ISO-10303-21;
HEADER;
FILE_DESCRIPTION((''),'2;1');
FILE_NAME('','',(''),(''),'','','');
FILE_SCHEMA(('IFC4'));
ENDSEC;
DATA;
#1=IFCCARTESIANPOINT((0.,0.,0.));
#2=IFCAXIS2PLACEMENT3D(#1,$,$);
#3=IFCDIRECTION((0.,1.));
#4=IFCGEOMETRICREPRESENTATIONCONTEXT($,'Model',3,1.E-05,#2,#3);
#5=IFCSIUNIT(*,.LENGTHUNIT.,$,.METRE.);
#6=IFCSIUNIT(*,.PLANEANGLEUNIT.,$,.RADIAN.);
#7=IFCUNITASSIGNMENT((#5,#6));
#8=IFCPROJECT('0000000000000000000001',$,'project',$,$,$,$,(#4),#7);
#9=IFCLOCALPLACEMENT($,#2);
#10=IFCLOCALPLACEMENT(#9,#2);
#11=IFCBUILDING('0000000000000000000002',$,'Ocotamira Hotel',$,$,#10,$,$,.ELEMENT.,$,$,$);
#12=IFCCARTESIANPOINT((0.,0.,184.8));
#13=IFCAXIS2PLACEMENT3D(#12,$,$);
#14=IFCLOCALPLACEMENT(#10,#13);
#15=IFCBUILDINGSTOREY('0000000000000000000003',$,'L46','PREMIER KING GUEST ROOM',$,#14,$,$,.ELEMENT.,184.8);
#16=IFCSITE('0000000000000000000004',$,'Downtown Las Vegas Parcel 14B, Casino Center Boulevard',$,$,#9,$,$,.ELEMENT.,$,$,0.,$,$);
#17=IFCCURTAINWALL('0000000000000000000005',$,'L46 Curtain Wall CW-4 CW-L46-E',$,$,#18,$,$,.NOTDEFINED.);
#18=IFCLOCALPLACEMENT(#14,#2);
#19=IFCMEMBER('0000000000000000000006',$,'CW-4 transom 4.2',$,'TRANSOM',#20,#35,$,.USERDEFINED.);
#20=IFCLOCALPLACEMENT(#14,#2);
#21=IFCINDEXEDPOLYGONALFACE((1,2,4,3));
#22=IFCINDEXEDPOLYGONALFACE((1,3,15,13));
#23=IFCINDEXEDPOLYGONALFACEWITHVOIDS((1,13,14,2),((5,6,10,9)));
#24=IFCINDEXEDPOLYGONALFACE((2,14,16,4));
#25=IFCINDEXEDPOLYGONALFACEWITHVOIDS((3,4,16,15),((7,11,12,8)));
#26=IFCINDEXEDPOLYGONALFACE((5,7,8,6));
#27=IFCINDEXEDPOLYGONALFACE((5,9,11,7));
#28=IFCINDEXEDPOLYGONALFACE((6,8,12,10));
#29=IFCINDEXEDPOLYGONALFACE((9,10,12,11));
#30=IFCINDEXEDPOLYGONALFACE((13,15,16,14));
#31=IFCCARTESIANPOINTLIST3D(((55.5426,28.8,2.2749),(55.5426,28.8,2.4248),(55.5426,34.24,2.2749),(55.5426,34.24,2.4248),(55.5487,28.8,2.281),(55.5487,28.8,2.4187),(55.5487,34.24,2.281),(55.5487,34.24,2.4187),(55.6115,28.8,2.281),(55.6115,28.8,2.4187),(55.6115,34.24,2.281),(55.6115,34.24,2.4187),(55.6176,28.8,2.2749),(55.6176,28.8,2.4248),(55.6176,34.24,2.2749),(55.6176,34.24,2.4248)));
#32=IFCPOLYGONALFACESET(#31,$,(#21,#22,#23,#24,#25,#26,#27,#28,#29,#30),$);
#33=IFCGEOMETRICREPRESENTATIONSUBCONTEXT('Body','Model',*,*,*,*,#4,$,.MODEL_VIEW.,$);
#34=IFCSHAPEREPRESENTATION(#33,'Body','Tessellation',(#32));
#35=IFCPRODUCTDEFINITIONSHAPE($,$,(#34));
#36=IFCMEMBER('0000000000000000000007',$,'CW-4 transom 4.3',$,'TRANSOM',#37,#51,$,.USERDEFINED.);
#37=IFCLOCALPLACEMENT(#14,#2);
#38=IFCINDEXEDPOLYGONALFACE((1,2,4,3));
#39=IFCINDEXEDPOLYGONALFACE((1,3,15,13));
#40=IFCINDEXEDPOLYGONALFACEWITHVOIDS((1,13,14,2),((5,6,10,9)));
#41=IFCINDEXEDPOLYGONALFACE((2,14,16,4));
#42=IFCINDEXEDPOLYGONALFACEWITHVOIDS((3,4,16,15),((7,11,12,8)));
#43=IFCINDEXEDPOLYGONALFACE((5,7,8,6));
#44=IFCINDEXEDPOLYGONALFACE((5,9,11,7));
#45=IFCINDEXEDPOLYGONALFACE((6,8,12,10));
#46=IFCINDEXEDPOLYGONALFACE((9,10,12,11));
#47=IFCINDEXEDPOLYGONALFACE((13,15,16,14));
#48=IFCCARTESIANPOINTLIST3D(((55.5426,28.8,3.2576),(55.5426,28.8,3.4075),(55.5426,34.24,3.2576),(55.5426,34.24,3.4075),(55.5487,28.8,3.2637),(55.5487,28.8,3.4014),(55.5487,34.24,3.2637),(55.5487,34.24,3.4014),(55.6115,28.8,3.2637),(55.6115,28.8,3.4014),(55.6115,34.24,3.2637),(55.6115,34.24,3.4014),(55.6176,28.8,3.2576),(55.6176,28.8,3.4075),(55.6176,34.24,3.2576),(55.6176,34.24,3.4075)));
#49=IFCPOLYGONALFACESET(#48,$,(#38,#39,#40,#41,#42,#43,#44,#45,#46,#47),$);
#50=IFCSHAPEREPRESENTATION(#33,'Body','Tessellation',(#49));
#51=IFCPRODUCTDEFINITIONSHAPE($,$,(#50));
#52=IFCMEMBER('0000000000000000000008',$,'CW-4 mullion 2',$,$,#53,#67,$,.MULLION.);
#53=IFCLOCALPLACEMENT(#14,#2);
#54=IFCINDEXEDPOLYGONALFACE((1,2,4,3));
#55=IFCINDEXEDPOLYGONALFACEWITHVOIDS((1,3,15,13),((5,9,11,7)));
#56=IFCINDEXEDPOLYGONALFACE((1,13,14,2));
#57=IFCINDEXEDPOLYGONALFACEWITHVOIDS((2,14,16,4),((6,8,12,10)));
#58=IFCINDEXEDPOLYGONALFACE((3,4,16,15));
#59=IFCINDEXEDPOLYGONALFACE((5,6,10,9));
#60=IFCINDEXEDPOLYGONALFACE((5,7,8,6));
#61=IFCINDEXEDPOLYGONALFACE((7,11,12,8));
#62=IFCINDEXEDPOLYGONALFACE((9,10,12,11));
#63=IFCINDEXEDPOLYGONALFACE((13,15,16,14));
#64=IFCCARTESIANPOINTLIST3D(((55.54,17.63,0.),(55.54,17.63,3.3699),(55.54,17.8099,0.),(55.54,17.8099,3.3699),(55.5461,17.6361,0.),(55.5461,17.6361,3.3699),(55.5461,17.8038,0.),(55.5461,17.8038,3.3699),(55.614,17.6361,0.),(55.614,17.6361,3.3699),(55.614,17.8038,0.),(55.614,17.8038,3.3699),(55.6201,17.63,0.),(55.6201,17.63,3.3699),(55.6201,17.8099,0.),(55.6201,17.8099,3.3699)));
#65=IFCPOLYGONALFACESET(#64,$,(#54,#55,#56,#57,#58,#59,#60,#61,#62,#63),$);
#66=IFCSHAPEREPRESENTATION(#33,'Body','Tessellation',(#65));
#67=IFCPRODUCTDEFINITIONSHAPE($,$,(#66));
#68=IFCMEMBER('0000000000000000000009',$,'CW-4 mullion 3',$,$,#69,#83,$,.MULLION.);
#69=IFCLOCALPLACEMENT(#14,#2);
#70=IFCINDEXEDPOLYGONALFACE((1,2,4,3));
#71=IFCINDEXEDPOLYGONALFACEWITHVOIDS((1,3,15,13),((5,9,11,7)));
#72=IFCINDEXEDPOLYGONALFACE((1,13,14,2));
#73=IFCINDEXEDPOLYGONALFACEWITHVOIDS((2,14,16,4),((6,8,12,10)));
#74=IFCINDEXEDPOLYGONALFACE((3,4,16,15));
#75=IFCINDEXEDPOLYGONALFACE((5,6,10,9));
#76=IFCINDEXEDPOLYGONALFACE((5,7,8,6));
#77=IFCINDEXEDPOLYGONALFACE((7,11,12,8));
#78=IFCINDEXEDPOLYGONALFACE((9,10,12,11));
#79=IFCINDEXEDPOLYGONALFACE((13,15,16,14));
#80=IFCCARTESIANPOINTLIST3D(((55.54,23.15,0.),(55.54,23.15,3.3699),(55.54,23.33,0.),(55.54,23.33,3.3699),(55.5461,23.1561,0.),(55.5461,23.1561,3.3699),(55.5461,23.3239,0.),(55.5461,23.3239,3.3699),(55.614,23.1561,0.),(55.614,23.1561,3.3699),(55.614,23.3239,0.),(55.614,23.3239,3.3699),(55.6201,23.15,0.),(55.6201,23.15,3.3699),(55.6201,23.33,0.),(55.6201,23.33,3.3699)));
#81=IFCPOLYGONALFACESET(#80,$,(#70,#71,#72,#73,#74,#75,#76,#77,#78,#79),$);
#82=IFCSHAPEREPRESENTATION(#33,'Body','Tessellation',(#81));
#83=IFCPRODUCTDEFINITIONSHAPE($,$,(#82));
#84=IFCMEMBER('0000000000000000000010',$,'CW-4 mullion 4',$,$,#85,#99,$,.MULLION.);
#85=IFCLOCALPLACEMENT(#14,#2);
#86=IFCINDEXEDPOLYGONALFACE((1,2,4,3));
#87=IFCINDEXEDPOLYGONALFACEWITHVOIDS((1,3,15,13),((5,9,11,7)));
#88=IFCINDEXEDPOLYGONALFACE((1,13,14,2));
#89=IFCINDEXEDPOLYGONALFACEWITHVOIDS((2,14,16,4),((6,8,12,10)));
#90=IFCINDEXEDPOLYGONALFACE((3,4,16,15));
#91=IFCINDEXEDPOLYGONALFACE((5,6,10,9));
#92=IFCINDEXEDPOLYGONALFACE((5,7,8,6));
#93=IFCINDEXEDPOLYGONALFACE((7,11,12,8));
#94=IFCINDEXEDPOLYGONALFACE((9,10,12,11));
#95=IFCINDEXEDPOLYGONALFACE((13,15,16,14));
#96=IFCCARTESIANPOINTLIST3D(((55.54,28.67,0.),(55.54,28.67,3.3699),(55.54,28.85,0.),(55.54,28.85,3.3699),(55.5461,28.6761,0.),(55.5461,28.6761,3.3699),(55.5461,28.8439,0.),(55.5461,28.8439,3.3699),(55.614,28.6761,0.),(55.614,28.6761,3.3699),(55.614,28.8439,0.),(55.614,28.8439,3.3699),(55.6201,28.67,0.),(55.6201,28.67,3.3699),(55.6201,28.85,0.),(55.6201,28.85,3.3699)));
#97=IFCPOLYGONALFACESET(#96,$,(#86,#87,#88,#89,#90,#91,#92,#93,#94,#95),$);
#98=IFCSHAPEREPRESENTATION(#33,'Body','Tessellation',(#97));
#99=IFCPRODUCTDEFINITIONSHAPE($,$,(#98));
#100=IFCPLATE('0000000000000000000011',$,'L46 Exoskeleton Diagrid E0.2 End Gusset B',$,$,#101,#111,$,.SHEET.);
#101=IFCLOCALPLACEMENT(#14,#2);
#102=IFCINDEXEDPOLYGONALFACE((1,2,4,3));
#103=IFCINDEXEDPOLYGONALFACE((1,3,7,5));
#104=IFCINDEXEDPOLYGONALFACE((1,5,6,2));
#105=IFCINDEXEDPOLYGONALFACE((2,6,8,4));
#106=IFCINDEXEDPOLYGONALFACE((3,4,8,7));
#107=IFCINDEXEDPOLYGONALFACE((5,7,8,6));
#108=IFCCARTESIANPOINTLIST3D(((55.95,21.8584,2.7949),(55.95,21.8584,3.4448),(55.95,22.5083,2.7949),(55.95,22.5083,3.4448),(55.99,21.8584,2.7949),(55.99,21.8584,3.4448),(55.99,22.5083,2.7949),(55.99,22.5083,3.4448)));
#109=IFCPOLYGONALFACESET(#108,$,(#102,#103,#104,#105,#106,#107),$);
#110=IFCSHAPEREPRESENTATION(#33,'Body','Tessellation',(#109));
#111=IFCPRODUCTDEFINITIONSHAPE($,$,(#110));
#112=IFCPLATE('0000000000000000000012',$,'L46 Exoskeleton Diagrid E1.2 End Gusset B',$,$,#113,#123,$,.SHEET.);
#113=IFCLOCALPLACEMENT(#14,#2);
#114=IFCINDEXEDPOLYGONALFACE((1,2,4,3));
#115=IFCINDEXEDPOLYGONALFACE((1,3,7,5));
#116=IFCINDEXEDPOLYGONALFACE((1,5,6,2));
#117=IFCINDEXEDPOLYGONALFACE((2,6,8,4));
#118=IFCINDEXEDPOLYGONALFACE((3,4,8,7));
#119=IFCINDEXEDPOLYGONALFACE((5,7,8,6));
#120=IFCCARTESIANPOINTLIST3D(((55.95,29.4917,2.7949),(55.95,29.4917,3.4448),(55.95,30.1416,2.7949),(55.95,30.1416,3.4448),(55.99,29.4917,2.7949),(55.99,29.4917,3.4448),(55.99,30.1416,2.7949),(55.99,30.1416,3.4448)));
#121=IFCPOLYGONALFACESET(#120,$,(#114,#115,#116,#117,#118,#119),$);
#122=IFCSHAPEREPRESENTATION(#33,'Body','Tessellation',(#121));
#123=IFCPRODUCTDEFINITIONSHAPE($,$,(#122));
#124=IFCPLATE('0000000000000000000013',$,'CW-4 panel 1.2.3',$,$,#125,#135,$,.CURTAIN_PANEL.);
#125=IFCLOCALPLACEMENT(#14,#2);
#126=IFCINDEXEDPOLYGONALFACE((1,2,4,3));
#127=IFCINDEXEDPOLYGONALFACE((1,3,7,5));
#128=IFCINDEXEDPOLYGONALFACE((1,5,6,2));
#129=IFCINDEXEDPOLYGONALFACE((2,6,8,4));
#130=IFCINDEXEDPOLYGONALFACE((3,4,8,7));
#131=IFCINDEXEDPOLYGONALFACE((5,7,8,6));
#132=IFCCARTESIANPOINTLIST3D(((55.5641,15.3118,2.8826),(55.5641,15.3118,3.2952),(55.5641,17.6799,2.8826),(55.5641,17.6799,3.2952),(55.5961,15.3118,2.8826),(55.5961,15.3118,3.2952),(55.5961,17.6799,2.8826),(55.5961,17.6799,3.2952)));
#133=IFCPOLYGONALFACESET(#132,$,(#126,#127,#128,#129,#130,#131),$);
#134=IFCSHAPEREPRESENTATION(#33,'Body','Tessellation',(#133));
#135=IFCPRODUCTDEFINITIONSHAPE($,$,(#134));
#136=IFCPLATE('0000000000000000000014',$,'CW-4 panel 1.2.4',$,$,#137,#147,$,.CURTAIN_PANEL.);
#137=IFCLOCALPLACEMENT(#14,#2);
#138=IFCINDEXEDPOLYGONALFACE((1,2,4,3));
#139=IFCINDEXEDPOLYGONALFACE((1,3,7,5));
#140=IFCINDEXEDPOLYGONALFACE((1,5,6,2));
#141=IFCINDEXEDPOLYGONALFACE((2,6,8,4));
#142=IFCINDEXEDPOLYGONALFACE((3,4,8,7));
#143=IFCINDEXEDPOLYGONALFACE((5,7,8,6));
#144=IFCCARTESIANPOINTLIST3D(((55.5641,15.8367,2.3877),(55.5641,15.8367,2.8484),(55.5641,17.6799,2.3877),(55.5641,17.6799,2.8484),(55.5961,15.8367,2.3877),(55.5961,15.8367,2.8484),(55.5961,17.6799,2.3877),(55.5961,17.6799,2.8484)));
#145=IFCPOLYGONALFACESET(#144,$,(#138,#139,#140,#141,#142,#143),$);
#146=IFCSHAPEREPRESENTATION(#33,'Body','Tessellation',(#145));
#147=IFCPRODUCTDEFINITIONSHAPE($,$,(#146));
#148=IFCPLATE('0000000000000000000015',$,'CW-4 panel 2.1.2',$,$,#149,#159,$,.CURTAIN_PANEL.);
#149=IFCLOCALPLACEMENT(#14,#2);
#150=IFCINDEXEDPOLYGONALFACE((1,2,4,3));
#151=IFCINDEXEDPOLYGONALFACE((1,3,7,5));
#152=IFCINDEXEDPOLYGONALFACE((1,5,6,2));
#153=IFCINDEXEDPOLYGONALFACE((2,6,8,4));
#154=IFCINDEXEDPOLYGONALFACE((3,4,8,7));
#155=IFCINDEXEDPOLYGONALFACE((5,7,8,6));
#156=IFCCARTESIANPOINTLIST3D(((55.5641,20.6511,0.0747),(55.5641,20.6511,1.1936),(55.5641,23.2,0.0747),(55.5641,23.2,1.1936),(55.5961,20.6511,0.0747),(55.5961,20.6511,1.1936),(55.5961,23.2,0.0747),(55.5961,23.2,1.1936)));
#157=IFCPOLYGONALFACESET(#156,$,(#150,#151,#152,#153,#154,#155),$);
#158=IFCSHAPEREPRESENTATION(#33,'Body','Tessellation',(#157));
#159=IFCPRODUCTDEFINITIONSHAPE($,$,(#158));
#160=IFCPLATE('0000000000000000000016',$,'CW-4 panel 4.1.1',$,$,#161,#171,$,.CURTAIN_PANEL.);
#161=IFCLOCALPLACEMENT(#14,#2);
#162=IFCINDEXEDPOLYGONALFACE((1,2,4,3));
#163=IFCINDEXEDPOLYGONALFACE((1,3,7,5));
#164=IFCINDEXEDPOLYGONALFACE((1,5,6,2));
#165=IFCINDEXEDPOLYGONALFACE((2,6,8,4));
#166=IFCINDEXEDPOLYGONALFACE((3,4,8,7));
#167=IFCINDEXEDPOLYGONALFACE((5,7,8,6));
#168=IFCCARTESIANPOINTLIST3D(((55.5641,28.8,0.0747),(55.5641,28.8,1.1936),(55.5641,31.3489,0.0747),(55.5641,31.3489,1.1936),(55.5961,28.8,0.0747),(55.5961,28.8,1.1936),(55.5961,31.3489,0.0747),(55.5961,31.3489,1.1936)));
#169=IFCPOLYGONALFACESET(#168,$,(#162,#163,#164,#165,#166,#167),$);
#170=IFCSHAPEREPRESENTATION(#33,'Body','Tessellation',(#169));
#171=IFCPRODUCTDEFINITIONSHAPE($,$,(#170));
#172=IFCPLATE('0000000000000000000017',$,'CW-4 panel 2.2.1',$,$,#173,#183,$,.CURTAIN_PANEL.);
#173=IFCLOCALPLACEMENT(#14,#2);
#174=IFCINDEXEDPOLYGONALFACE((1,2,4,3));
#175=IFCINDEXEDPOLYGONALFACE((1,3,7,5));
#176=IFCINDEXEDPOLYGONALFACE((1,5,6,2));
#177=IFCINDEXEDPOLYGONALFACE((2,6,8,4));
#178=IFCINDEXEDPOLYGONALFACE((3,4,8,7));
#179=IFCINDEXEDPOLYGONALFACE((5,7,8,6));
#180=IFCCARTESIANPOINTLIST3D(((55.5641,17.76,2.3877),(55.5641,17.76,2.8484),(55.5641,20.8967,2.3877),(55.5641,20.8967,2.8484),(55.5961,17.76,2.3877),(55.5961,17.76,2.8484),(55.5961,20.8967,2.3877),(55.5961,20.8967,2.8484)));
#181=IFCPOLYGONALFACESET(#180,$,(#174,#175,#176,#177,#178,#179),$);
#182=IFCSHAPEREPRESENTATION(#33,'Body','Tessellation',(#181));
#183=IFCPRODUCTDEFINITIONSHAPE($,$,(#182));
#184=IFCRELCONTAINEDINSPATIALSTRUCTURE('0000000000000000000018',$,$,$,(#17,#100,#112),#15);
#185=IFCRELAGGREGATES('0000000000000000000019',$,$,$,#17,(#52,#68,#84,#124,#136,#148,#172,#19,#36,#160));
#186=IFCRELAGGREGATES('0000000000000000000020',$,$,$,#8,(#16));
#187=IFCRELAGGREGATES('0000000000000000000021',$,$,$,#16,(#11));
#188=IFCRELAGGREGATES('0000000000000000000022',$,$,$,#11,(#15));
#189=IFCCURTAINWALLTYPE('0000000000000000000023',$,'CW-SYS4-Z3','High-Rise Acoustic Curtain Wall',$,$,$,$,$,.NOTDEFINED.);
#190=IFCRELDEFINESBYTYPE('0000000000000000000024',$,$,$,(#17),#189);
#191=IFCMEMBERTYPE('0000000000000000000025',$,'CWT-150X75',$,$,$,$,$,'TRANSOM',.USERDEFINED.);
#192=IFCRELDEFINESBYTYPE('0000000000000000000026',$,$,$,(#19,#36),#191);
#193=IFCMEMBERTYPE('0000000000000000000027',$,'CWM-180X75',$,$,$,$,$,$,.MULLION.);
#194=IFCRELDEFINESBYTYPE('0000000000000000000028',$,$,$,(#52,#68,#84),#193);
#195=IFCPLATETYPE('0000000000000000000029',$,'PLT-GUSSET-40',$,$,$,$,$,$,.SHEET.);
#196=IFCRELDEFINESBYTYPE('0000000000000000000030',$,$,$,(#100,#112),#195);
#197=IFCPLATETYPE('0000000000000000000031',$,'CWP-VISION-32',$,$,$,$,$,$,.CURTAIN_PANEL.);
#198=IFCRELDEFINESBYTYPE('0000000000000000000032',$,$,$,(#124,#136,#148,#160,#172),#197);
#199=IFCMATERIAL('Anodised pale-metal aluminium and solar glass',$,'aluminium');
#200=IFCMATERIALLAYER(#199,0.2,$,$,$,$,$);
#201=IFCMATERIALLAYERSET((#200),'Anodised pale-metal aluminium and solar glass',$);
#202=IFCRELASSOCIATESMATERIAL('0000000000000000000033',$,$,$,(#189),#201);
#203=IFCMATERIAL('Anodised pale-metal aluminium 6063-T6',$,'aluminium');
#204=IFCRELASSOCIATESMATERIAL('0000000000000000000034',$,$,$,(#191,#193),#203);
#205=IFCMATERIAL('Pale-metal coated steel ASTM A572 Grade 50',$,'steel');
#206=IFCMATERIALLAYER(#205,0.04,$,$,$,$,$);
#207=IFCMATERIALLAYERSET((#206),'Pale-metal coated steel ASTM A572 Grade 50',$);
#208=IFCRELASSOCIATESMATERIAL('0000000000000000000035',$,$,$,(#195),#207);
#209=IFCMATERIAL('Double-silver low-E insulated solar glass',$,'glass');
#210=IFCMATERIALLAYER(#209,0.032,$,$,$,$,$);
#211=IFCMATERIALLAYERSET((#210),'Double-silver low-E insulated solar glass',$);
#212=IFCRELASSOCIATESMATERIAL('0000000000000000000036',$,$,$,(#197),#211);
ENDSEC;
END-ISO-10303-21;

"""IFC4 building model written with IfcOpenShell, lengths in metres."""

from ifc_helpers import new_model, si_unit, direction, frame, origin, origin_2d, place, context, subcontext, project, spatial, rectangle, hollow_rectangle, extrude, source, transform, mapped, material, layer, layer_set, material_profile, profile_set, type_object, element, aggregate, save


model = new_model("IFC4")

# Units and contexts
model_context = context("Model", 3, precision=1e-05, world=origin(), true_north=direction((0.0, 1.0)))
body_context = subcontext(model_context, "Body", "Model", "MODEL_VIEW")
ifc_project = project(units=[si_unit("LENGTHUNIT", "METRE"), si_unit("PLANEANGLEUNIT", "RADIAN")], contexts=[model_context])

# Site, building, storey
site_placement = place(None, origin())
site = spatial("IfcSite", under=ifc_project, at=site_placement, Name="Downtown Las Vegas Parcel 14B, Casino Center Boulevard", CompositionType="ELEMENT", RefElevation=0.0)
building_placement = place(site_placement, origin())
building = spatial("IfcBuilding", under=site, at=building_placement, Name="Ocotamira Hotel", CompositionType="ELEMENT")
storey_placement = place(building_placement, frame((0.0, 0.0, 184.8)))
storey = spatial("IfcBuildingStorey", under=building, at=storey_placement, Name="L46", Description="PREMIER KING GUEST ROOM", CompositionType="ELEMENT", Elevation=184.8)

# Curtain wall, members
ifc_material_1 = material(Name="Anodised pale-metal aluminium and solar glass", Category="aluminium")
ifc_layer_1 = layer(ifc_material_1, 0.2)
ifc_layer_set_1 = layer_set([ifc_layer_1], Name="Anodised pale-metal aluminium and solar glass")
curtain_wall_type = type_object("IfcCurtainWallType", Name="CW-SYS4-Z3", Description="High-Rise Acoustic Curtain Wall", PredefinedType="NOTDEFINED", material=ifc_layer_set_1)
curtain_wall_placement = place(storey_placement, origin())
curtain_wall = element("IfcCurtainWall", 1, at=curtain_wall_placement, inside=storey, type_object=curtain_wall_type, Name="L46 Curtain Wall CW-4 CW-L46-E", PredefinedType="NOTDEFINED")
ifc_material_2 = material(Name="Anodised pale-metal aluminium 6063-T6", Category="aluminium")
ifc_material_profile_1 = material_profile(ifc_material_2, hollow_rectangle(XDim=0.075, YDim=0.1499, WallThickness=0.0061, at=origin_2d()), Name="HSS150X75X6")
ifc_profile_set_1 = profile_set([ifc_material_profile_1], Name="Anodised pale-metal aluminium 6063-T6")
member_type_1 = type_object("IfcMemberType", Name="CWT-150X75", ElementType="TRANSOM", PredefinedType="USERDEFINED", material=ifc_profile_set_1)
shared_shape_1 = source(origin(), body_context, "Body", "SweptSolid", [
    extrude(hollow_rectangle(XDim=0.075, YDim=0.1499, WallThickness=0.0061, at=origin_2d()), origin(), (0.0, 0.0, 1.0), 5.4399),
])
member_1_placement = place(storey_placement, frame((55.5801, 28.8, 2.3499), z_axis=(0.0, 1.0, 0.0), x_axis=(-1.0, 0.0, 0.0)))
member_1 = element("IfcMember", 2, at=member_1_placement, type_object=member_type_1, Name="CW-4 transom 4.2", ObjectType="TRANSOM", PredefinedType="USERDEFINED", context=body_context, shape_type="MappedRepresentation", body=[
    mapped(shared_shape_1, transform((0.0, 0.0, 0.0), scale=1.0)),
])
member_2_placement = place(storey_placement, frame((55.5801, 28.8, 3.3325), z_axis=(0.0, 1.0, 0.0), x_axis=(-1.0, 0.0, 0.0)))
member_2 = element("IfcMember", 3, at=member_2_placement, type_object=member_type_1, Name="CW-4 transom 4.3", ObjectType="TRANSOM", PredefinedType="USERDEFINED", context=body_context, shape_type="MappedRepresentation", body=[
    mapped(shared_shape_1, transform((0.0, 0.0, 0.0), scale=1.0)),
])
ifc_material_profile_2 = material_profile(ifc_material_2, hollow_rectangle(XDim=0.0801, YDim=0.1799, WallThickness=0.0061, at=origin_2d()), Name="HSS180X80X6")
ifc_profile_set_2 = profile_set([ifc_material_profile_2], Name="Anodised pale-metal aluminium 6063-T6")
member_type_2 = type_object("IfcMemberType", Name="CWM-180X75", PredefinedType="MULLION", material=ifc_profile_set_2)
shared_shape_2 = source(origin(), body_context, "Body", "SweptSolid", [
    extrude(hollow_rectangle(XDim=0.0801, YDim=0.1799, WallThickness=0.0061, at=origin_2d()), origin(), (0.0, 0.0, 1.0), 3.3699),
])
member_3_placement = place(storey_placement, frame((55.5801, 17.72, 0.0), z_axis=(0.0, 0.0, 1.0), x_axis=(-1.0, 0.0, 0.0)))
member_3 = element("IfcMember", 4, at=member_3_placement, type_object=member_type_2, Name="CW-4 mullion 2", PredefinedType="MULLION", context=body_context, shape_type="MappedRepresentation", body=[
    mapped(shared_shape_2, transform((0.0, 0.0, 0.0), scale=1.0)),
])
member_4_placement = place(storey_placement, frame((55.5801, 23.24, 0.0), z_axis=(0.0, 0.0, 1.0), x_axis=(-1.0, 0.0, 0.0)))
member_4 = element("IfcMember", 5, at=member_4_placement, type_object=member_type_2, Name="CW-4 mullion 3", PredefinedType="MULLION", context=body_context, shape_type="MappedRepresentation", body=[
    mapped(shared_shape_2, transform((0.0, 0.0, 0.0), scale=1.0)),
])
member_5_placement = place(storey_placement, frame((55.5801, 28.76, 0.0), z_axis=(0.0, 0.0, 1.0), x_axis=(-1.0, 0.0, 0.0)))
member_5 = element("IfcMember", 6, at=member_5_placement, type_object=member_type_2, Name="CW-4 mullion 4", PredefinedType="MULLION", context=body_context, shape_type="MappedRepresentation", body=[
    mapped(shared_shape_2, transform((0.0, 0.0, 0.0), scale=1.0)),
])

# Plates
ifc_material_3 = material(Name="Pale-metal coated steel ASTM A572 Grade 50", Category="steel")
ifc_layer_2 = layer(ifc_material_3, 0.04)
ifc_layer_set_2 = layer_set([ifc_layer_2], Name="Pale-metal coated steel ASTM A572 Grade 50")
plate_type_1 = type_object("IfcPlateType", Name="PLT-GUSSET-40", PredefinedType="SHEET", material=ifc_layer_set_2)
shared_shape_3 = source(origin(), body_context, "Body", "SweptSolid", [
    extrude(rectangle(XDim=0.04, YDim=0.6499, at=origin_2d()), origin(), (0.0, 0.0, 1.0), 0.6499),
])
for number, where, z_axis, x_axis, name in (
    (7, (55.97, 22.1833, 2.7949), (0.0, 0.0, 1.0), (1.0, 0.0, 0.0), "L46 Exoskeleton Diagrid E0.2 End Gusset B"),
    (8, (55.97, 29.8167, 2.7949), (0.0, 0.0, 1.0), (1.0, 0.0, 0.0), "L46 Exoskeleton Diagrid E1.2 End Gusset B"),
):
    element("IfcPlate", number, at=place(storey_placement, frame(where, z_axis=z_axis, x_axis=x_axis)), inside=storey, type_object=plate_type_1, Name=name, PredefinedType="SHEET", context=body_context, shape_type="MappedRepresentation", body=[
        mapped(shared_shape_3, transform((0.0, 0.0, 0.0), scale=1.0)),
    ])

# Plates
ifc_material_4 = material(Name="Double-silver low-E insulated solar glass", Category="glass")
ifc_layer_3 = layer(ifc_material_4, 0.032)
ifc_layer_set_3 = layer_set([ifc_layer_3], Name="Double-silver low-E insulated solar glass")
plate_type_2 = type_object("IfcPlateType", Name="CWP-VISION-32", PredefinedType="CURTAIN_PANEL", material=ifc_layer_set_3)
shared_shape_4 = source(origin(), body_context, "Body", "SweptSolid", [
    extrude(rectangle(XDim=2.3682, YDim=0.032, at=origin_2d()), origin(), (0.0, 0.0, 1.0), 0.4126),
])
plate_1_placement = place(storey_placement, frame((55.5801, 16.4958, 2.8826), z_axis=(0.0, 0.0, 1.0), x_axis=(0.0, 1.0, 0.0)))
plate_1 = element("IfcPlate", 9, at=plate_1_placement, type_object=plate_type_2, Name="CW-4 panel 1.2.3", PredefinedType="CURTAIN_PANEL", context=body_context, shape_type="MappedRepresentation", body=[
    mapped(shared_shape_4, transform((0.0, 0.0, 0.0), scale=1.0)),
])
shared_shape_5 = source(origin(), body_context, "Body", "SweptSolid", [
    extrude(rectangle(XDim=1.8433, YDim=0.032, at=origin_2d()), origin(), (0.0, 0.0, 1.0), 0.4607),
])
plate_2_placement = place(storey_placement, frame((55.5801, 16.7583, 2.3877), z_axis=(0.0, 0.0, 1.0), x_axis=(0.0, 1.0, 0.0)))
plate_2 = element("IfcPlate", 10, at=plate_2_placement, type_object=plate_type_2, Name="CW-4 panel 1.2.4", PredefinedType="CURTAIN_PANEL", context=body_context, shape_type="MappedRepresentation", body=[
    mapped(shared_shape_5, transform((0.0, 0.0, 0.0), scale=1.0)),
])
shared_shape_6 = source(origin(), body_context, "Body", "SweptSolid", [
    extrude(rectangle(XDim=2.5488, YDim=0.032, at=origin_2d()), origin(), (0.0, 0.0, 1.0), 1.1189),
])
plate_3_placement = place(storey_placement, frame((55.5801, 21.9255, 0.0747), z_axis=(0.0, 0.0, 1.0), x_axis=(0.0, 1.0, 0.0)))
plate_3 = element("IfcPlate", 11, at=plate_3_placement, type_object=plate_type_2, Name="CW-4 panel 2.1.2", PredefinedType="CURTAIN_PANEL", context=body_context, shape_type="MappedRepresentation", body=[
    mapped(shared_shape_6, transform((0.0, 0.0, 0.0), scale=1.0)),
])
plate_4_placement = place(storey_placement, frame((55.5801, 30.0745, 0.0747), z_axis=(0.0, 0.0, 1.0), x_axis=(0.0, 1.0, 0.0)))
plate_4 = element("IfcPlate", 12, at=plate_4_placement, type_object=plate_type_2, Name="CW-4 panel 4.1.1", PredefinedType="CURTAIN_PANEL", context=body_context, shape_type="MappedRepresentation", body=[
    mapped(shared_shape_6, transform((0.0, 0.0, 0.0), scale=1.0)),
])
shared_shape_7 = source(origin(), body_context, "Body", "SweptSolid", [
    extrude(rectangle(XDim=3.1367, YDim=0.032, at=origin_2d()), origin(), (0.0, 0.0, 1.0), 0.4607),
])
plate_5_placement = place(storey_placement, frame((55.5801, 19.3284, 2.3877), z_axis=(0.0, 0.0, 1.0), x_axis=(0.0, 1.0, 0.0)))
plate_5 = element("IfcPlate", 13, at=plate_5_placement, type_object=plate_type_2, Name="CW-4 panel 2.2.1", PredefinedType="CURTAIN_PANEL", context=body_context, shape_type="MappedRepresentation", body=[
    mapped(shared_shape_7, transform((0.0, 0.0, 0.0), scale=1.0)),
])
aggregate(curtain_wall, [member_3, member_4, member_5, plate_1, plate_2, plate_3, plate_5, member_1, member_2, plate_4])

save(model, "model.ifc")
